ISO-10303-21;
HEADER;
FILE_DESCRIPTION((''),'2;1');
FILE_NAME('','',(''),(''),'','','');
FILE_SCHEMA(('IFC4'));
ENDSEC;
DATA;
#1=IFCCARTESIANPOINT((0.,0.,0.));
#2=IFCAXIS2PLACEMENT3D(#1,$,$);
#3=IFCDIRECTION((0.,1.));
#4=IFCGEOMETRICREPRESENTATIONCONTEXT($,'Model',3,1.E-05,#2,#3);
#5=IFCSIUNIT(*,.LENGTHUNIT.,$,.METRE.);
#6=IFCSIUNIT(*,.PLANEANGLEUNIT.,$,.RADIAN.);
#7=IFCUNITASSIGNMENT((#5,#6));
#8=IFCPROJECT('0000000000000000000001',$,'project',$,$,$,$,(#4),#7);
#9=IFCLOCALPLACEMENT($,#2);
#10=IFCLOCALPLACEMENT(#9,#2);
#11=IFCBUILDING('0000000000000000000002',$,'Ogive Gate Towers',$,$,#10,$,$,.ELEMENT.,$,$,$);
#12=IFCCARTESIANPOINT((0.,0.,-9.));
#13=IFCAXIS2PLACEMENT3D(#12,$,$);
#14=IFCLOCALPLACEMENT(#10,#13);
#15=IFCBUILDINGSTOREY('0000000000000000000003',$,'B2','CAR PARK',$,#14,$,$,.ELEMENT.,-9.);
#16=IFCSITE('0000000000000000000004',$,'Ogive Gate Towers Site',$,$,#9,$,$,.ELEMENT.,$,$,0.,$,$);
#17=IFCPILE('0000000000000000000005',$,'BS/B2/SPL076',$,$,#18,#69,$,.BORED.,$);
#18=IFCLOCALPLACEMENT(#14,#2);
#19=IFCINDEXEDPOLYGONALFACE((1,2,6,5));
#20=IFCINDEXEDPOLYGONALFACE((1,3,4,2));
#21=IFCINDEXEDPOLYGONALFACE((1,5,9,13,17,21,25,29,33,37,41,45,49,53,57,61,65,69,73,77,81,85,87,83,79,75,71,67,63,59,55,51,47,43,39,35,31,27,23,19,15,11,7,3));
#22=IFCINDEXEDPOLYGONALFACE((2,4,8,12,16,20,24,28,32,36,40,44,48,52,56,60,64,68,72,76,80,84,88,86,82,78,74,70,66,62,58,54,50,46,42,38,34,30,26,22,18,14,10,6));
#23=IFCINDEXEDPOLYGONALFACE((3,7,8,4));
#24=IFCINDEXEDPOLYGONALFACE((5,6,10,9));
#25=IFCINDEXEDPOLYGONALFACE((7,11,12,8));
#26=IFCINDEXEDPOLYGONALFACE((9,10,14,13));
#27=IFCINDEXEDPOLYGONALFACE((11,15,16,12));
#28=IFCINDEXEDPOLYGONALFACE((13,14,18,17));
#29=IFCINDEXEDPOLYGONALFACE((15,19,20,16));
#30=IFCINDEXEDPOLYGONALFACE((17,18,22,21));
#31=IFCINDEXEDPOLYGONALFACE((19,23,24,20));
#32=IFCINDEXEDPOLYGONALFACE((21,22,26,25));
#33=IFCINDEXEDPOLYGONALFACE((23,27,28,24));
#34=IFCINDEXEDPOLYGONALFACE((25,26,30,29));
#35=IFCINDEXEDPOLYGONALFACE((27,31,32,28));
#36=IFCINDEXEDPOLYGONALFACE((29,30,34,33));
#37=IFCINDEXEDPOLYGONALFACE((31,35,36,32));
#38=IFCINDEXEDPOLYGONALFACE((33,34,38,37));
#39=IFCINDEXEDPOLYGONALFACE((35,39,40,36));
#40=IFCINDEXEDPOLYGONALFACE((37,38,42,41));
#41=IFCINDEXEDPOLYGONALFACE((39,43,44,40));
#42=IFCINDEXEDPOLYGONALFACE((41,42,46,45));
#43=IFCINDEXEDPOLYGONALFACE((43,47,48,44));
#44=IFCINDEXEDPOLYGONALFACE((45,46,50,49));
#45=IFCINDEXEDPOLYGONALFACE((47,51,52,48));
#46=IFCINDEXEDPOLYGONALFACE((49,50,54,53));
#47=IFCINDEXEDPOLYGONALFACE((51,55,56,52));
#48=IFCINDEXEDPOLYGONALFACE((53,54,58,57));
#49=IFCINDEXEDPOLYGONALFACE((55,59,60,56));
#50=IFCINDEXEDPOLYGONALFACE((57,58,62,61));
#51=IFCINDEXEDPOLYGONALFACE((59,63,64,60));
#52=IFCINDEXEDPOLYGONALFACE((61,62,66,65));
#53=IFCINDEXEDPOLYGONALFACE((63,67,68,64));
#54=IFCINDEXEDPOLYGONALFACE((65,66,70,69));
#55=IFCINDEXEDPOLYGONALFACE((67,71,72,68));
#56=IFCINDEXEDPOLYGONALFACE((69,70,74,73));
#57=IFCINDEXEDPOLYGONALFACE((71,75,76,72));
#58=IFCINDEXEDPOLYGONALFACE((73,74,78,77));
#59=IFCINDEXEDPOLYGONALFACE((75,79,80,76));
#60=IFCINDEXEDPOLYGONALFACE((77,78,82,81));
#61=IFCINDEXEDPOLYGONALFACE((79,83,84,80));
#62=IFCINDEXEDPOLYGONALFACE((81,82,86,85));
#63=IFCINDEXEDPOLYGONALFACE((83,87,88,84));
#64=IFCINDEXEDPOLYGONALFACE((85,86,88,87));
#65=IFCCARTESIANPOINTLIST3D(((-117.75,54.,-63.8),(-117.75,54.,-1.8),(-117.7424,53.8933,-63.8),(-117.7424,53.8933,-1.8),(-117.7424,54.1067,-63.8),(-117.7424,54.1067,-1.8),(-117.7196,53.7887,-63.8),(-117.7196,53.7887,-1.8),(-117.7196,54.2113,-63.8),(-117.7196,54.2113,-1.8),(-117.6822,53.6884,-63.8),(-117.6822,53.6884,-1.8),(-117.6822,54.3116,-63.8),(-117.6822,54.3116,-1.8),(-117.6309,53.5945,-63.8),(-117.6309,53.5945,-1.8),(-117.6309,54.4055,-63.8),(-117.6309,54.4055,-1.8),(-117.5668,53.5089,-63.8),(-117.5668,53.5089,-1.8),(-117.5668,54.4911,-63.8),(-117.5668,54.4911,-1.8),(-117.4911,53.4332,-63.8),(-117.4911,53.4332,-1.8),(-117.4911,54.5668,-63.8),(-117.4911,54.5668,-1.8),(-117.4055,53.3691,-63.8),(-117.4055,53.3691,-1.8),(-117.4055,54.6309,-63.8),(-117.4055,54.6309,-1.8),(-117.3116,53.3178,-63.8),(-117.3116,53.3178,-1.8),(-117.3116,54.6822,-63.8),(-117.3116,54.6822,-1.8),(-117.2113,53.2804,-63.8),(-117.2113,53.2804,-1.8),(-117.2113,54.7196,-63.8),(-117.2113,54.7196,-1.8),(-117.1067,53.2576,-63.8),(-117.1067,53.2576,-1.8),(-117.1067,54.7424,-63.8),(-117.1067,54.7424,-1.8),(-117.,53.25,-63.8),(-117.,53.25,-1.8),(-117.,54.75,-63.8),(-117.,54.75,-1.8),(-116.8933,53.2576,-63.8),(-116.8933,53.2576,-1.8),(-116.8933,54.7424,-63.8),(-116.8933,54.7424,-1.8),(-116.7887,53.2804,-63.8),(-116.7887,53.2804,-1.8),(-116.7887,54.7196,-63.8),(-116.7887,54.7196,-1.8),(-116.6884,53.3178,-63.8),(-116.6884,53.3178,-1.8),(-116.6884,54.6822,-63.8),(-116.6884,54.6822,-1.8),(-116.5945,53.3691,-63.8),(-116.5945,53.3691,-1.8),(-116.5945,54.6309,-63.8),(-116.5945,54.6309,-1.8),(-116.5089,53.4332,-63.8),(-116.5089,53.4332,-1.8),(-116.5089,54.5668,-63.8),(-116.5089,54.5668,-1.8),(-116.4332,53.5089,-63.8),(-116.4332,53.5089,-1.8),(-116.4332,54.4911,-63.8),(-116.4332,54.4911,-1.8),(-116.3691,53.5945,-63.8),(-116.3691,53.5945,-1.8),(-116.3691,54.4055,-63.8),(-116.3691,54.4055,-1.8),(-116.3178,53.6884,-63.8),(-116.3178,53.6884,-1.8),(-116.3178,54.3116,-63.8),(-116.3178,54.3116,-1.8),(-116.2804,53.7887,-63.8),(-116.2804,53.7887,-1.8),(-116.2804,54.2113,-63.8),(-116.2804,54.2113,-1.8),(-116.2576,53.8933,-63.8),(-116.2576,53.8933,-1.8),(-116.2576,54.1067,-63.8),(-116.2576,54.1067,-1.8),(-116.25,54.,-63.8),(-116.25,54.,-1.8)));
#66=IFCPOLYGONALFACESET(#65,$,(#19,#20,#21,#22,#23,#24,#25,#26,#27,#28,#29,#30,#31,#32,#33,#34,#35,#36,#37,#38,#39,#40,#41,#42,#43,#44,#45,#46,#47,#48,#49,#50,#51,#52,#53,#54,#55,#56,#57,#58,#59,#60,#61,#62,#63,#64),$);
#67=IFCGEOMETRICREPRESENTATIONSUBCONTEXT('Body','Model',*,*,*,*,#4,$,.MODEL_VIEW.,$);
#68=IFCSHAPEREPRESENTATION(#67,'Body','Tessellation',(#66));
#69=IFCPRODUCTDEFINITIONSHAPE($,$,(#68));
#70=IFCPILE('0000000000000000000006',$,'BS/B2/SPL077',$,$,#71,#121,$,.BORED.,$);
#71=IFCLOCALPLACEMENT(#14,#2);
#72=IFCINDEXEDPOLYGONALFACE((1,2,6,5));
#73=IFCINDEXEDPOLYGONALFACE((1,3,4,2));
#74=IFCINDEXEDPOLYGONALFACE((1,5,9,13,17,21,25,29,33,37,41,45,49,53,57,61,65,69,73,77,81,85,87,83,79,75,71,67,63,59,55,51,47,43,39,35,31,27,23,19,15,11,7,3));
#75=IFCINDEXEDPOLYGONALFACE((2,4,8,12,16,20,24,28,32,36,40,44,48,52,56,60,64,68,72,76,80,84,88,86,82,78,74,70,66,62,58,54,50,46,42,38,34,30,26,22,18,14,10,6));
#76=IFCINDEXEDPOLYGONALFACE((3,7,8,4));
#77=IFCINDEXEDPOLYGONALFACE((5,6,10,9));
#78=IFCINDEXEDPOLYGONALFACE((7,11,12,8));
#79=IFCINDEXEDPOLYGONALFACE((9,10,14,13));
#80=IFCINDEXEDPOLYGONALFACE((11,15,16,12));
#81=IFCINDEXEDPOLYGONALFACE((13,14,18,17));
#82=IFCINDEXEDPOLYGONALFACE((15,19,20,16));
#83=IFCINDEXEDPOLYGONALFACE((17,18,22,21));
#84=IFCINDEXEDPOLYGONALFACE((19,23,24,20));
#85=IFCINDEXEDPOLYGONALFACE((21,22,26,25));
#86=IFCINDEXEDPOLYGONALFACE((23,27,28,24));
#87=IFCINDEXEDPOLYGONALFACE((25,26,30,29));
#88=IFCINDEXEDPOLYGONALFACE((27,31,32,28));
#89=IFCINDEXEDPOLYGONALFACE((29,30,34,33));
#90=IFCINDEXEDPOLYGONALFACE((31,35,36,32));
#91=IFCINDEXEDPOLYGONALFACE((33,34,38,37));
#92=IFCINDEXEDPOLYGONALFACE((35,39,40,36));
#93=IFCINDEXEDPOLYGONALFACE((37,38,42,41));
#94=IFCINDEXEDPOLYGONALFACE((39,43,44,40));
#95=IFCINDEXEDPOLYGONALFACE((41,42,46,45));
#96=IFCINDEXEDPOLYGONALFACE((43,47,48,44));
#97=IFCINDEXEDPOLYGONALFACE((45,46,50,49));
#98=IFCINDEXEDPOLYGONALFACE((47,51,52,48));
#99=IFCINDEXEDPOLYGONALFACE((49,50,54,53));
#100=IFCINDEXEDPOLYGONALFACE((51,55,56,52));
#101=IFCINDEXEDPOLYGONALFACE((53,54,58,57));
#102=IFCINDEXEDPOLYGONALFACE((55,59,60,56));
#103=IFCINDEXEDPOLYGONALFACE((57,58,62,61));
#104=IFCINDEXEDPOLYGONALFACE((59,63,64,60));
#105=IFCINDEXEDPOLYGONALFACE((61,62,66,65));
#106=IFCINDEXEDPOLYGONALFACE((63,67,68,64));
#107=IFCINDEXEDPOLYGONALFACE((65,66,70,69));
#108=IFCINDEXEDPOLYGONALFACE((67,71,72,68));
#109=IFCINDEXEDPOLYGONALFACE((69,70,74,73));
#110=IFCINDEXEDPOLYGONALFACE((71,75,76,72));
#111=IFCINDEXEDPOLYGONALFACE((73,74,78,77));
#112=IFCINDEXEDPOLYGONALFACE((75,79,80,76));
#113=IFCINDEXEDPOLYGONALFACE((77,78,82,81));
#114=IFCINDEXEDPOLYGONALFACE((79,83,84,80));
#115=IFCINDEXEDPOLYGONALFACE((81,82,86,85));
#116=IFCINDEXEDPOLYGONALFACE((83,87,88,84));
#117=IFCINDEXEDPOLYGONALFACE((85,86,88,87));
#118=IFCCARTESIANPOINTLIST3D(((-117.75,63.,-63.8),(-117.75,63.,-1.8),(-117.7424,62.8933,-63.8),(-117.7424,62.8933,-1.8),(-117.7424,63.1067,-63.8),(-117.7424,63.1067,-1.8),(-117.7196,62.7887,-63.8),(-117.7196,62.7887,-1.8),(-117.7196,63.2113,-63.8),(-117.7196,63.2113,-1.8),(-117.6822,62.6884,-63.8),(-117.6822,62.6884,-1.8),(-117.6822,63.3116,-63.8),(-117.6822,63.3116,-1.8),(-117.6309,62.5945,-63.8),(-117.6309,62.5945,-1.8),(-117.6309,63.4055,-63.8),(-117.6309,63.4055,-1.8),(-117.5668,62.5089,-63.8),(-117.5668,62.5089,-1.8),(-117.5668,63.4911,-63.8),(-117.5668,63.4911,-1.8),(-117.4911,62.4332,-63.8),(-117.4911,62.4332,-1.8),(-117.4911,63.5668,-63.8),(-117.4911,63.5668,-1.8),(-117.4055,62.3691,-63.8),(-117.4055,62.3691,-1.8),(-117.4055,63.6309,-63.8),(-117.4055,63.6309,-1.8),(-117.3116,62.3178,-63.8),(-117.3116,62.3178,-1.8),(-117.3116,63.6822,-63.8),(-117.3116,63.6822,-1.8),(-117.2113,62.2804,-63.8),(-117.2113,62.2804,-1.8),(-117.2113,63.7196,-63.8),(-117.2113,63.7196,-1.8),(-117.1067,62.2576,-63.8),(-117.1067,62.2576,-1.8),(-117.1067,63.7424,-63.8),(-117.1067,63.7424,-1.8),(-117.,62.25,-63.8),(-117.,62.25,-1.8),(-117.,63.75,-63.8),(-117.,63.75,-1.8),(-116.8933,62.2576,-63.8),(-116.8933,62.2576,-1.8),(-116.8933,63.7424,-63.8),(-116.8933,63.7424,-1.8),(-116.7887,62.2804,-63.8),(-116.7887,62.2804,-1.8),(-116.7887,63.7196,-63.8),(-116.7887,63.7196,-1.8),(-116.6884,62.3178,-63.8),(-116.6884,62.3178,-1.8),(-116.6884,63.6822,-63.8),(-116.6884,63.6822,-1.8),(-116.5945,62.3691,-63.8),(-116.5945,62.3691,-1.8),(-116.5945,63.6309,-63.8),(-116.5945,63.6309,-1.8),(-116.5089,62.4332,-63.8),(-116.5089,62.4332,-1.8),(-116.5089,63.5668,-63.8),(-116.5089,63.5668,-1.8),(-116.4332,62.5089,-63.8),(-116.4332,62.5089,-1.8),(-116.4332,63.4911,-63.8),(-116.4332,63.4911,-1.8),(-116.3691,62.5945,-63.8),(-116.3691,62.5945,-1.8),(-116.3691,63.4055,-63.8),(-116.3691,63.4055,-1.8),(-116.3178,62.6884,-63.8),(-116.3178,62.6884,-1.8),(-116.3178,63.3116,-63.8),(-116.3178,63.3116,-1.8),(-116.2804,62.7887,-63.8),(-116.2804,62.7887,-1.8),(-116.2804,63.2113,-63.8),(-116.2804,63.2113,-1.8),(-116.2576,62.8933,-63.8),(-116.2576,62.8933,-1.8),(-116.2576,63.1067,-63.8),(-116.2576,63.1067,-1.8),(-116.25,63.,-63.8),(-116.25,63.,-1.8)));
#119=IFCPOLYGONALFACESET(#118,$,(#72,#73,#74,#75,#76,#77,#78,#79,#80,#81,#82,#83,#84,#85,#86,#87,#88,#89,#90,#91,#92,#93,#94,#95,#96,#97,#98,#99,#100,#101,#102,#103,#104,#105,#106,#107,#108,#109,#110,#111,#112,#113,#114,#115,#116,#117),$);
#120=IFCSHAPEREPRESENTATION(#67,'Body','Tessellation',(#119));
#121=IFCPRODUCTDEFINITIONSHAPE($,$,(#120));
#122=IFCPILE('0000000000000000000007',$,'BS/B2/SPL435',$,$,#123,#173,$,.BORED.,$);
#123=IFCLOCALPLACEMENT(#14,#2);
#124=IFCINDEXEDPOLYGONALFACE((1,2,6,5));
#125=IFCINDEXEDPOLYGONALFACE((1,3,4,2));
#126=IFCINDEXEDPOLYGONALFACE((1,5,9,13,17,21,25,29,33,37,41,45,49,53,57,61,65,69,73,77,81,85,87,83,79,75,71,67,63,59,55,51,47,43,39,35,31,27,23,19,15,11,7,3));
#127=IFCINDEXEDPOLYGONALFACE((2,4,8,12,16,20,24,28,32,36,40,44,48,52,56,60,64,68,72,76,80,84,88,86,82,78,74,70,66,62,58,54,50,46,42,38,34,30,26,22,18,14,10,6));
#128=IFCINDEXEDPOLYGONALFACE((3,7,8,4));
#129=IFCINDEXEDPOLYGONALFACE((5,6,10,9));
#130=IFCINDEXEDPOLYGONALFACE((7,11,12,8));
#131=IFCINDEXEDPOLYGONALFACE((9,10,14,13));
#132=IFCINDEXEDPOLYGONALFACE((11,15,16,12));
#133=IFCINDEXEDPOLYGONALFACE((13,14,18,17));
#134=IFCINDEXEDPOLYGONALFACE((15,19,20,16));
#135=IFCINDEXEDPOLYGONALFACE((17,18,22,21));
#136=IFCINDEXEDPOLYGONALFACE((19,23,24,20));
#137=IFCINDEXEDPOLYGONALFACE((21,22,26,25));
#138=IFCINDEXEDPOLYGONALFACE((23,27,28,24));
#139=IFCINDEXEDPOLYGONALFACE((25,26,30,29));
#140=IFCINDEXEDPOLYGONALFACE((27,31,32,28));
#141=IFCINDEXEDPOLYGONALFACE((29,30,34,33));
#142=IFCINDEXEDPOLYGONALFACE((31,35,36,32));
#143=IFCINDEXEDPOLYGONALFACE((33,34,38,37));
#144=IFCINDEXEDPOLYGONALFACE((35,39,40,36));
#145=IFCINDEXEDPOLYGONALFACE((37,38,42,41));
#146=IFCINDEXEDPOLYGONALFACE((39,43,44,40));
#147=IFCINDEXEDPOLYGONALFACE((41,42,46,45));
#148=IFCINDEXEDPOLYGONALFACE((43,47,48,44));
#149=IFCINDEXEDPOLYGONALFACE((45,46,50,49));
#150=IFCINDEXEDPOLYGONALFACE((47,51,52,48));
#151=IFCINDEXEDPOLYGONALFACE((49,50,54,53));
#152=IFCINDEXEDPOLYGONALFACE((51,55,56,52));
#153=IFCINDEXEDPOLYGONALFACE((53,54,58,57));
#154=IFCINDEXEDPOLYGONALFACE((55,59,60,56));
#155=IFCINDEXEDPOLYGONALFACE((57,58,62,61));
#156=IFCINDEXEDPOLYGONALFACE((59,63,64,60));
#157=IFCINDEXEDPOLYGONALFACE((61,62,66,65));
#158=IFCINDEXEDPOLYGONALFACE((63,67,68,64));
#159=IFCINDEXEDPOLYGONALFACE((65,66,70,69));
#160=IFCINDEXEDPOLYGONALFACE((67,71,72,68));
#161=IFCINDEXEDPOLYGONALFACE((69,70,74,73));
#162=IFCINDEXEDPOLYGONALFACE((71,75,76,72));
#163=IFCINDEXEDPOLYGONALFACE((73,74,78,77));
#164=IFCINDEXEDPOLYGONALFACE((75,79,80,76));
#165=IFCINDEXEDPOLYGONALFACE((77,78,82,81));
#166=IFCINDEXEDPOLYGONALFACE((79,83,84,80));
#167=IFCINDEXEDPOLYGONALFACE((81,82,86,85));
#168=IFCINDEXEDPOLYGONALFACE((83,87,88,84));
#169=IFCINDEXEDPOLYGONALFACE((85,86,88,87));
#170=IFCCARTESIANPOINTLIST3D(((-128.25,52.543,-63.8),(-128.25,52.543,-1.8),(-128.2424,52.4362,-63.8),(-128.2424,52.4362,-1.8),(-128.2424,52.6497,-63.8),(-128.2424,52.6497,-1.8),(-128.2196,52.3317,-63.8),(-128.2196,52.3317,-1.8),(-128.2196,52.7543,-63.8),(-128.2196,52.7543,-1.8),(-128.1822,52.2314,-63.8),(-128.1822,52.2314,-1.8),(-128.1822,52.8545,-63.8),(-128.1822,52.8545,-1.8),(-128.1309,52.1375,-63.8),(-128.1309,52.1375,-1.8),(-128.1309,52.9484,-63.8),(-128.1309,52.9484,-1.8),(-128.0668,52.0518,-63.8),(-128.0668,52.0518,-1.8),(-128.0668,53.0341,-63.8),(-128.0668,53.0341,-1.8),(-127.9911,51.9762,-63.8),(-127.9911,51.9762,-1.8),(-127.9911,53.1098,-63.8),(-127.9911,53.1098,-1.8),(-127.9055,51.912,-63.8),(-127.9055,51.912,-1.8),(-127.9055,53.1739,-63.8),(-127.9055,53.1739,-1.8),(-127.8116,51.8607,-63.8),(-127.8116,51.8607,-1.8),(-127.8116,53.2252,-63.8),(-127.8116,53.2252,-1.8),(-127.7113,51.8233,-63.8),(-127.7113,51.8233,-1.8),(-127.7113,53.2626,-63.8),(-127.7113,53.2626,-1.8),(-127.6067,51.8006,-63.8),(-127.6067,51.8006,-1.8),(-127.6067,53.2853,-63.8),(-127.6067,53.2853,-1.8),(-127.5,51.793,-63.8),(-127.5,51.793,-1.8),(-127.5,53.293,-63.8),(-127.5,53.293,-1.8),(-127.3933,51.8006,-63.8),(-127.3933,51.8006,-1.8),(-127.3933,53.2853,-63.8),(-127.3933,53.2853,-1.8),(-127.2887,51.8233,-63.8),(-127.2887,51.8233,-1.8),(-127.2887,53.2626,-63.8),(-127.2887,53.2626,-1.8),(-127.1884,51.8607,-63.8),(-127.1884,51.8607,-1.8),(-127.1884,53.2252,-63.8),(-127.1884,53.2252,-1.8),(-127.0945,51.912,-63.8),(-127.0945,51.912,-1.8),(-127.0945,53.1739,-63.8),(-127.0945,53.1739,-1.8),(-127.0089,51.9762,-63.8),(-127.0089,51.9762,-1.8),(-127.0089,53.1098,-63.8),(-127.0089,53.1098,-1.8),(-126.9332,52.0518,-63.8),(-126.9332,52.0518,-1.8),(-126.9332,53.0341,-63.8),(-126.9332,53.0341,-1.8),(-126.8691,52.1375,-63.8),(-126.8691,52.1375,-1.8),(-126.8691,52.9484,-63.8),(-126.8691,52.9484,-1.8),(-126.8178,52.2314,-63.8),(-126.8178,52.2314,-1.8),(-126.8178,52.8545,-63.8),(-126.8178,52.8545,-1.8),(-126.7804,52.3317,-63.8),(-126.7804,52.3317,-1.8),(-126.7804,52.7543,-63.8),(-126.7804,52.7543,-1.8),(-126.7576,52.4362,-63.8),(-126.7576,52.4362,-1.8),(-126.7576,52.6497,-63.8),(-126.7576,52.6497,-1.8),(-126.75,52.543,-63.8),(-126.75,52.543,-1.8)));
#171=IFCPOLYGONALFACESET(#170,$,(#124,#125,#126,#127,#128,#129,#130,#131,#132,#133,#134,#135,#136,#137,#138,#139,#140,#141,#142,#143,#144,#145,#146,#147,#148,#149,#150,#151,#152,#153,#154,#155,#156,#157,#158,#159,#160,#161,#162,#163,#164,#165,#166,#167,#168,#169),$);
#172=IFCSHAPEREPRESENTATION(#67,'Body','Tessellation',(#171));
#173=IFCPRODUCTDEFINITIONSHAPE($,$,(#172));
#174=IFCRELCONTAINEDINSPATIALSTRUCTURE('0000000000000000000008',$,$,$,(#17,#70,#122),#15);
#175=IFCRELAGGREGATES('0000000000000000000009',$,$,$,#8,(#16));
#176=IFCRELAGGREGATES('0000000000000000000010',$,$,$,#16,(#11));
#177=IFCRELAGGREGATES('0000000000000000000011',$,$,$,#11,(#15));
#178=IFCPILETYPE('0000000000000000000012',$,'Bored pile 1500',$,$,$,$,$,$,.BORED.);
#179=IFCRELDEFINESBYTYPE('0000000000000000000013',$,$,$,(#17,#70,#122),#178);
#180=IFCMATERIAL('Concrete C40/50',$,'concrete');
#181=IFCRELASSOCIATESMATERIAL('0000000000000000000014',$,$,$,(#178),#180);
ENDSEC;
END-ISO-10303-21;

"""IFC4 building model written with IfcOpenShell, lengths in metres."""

from ifc_helpers import new_model, si_unit, direction, frame, origin, origin_2d, place, context, subcontext, project, spatial, circle, extrude, material, material_profile, profile_set, type_object, element, save


model = new_model("IFC4")

# Units and contexts
model_context = context("Model", 3, precision=1e-05, world=origin(), true_north=direction((0.0, 1.0)))
body_context = subcontext(model_context, "Body", "Model", "MODEL_VIEW")
ifc_project = project(units=[si_unit("LENGTHUNIT", "METRE"), si_unit("PLANEANGLEUNIT", "RADIAN")], contexts=[model_context])

# Site, building, storey
site_placement = place(None, origin())
site = spatial("IfcSite", under=ifc_project, at=site_placement, Name="Ogive Gate Towers Site", CompositionType="ELEMENT", RefElevation=0.0)
building_placement = place(site_placement, origin())
building = spatial("IfcBuilding", under=site, at=building_placement, Name="Ogive Gate Towers", CompositionType="ELEMENT")
storey_placement = place(building_placement, frame((0.0, 0.0, -9.0)))
storey = spatial("IfcBuildingStorey", under=building, at=storey_placement, Name="B2", Description="CAR PARK", CompositionType="ELEMENT", Elevation=-9.0)

# Piles
ifc_material_1 = material(Name="Concrete C40/50", Category="concrete")
ifc_material_profile_1 = material_profile(ifc_material_1, circle(Radius=0.75, at=origin_2d()), Name="BP 1500")
ifc_profile_set_1 = profile_set([ifc_material_profile_1], Name="Concrete C40/50")
pile_type = type_object("IfcPileType", Name="Bored pile 1500", PredefinedType="BORED", material=ifc_profile_set_1)
for number, where, z_axis, x_axis, name in (
    (1, (-117.0, 54.0, -1.8), (0.0, 0.0, -1.0), (1.0, 0.0, 0.0), "BS/B2/SPL076"),
    (2, (-117.0, 63.0, -1.8), (0.0, 0.0, -1.0), (1.0, 0.0, 0.0), "BS/B2/SPL077"),
    (3, (-127.5, 52.543, -1.8), (0.0, 0.0, -1.0), (1.0, 0.0, 0.0), "BS/B2/SPL435"),
):
    element("IfcPile", number, at=place(storey_placement, frame(where, z_axis=z_axis, x_axis=x_axis)), inside=storey, type_object=pile_type, Name=name, PredefinedType="BORED", context=body_context, shape_type="SweptSolid", body=[
        extrude(circle(Radius=0.75, at=origin_2d()), origin(), (0.0, 0.0, 1.0), 62.0),
    ])

save(model, "model.ifc")
